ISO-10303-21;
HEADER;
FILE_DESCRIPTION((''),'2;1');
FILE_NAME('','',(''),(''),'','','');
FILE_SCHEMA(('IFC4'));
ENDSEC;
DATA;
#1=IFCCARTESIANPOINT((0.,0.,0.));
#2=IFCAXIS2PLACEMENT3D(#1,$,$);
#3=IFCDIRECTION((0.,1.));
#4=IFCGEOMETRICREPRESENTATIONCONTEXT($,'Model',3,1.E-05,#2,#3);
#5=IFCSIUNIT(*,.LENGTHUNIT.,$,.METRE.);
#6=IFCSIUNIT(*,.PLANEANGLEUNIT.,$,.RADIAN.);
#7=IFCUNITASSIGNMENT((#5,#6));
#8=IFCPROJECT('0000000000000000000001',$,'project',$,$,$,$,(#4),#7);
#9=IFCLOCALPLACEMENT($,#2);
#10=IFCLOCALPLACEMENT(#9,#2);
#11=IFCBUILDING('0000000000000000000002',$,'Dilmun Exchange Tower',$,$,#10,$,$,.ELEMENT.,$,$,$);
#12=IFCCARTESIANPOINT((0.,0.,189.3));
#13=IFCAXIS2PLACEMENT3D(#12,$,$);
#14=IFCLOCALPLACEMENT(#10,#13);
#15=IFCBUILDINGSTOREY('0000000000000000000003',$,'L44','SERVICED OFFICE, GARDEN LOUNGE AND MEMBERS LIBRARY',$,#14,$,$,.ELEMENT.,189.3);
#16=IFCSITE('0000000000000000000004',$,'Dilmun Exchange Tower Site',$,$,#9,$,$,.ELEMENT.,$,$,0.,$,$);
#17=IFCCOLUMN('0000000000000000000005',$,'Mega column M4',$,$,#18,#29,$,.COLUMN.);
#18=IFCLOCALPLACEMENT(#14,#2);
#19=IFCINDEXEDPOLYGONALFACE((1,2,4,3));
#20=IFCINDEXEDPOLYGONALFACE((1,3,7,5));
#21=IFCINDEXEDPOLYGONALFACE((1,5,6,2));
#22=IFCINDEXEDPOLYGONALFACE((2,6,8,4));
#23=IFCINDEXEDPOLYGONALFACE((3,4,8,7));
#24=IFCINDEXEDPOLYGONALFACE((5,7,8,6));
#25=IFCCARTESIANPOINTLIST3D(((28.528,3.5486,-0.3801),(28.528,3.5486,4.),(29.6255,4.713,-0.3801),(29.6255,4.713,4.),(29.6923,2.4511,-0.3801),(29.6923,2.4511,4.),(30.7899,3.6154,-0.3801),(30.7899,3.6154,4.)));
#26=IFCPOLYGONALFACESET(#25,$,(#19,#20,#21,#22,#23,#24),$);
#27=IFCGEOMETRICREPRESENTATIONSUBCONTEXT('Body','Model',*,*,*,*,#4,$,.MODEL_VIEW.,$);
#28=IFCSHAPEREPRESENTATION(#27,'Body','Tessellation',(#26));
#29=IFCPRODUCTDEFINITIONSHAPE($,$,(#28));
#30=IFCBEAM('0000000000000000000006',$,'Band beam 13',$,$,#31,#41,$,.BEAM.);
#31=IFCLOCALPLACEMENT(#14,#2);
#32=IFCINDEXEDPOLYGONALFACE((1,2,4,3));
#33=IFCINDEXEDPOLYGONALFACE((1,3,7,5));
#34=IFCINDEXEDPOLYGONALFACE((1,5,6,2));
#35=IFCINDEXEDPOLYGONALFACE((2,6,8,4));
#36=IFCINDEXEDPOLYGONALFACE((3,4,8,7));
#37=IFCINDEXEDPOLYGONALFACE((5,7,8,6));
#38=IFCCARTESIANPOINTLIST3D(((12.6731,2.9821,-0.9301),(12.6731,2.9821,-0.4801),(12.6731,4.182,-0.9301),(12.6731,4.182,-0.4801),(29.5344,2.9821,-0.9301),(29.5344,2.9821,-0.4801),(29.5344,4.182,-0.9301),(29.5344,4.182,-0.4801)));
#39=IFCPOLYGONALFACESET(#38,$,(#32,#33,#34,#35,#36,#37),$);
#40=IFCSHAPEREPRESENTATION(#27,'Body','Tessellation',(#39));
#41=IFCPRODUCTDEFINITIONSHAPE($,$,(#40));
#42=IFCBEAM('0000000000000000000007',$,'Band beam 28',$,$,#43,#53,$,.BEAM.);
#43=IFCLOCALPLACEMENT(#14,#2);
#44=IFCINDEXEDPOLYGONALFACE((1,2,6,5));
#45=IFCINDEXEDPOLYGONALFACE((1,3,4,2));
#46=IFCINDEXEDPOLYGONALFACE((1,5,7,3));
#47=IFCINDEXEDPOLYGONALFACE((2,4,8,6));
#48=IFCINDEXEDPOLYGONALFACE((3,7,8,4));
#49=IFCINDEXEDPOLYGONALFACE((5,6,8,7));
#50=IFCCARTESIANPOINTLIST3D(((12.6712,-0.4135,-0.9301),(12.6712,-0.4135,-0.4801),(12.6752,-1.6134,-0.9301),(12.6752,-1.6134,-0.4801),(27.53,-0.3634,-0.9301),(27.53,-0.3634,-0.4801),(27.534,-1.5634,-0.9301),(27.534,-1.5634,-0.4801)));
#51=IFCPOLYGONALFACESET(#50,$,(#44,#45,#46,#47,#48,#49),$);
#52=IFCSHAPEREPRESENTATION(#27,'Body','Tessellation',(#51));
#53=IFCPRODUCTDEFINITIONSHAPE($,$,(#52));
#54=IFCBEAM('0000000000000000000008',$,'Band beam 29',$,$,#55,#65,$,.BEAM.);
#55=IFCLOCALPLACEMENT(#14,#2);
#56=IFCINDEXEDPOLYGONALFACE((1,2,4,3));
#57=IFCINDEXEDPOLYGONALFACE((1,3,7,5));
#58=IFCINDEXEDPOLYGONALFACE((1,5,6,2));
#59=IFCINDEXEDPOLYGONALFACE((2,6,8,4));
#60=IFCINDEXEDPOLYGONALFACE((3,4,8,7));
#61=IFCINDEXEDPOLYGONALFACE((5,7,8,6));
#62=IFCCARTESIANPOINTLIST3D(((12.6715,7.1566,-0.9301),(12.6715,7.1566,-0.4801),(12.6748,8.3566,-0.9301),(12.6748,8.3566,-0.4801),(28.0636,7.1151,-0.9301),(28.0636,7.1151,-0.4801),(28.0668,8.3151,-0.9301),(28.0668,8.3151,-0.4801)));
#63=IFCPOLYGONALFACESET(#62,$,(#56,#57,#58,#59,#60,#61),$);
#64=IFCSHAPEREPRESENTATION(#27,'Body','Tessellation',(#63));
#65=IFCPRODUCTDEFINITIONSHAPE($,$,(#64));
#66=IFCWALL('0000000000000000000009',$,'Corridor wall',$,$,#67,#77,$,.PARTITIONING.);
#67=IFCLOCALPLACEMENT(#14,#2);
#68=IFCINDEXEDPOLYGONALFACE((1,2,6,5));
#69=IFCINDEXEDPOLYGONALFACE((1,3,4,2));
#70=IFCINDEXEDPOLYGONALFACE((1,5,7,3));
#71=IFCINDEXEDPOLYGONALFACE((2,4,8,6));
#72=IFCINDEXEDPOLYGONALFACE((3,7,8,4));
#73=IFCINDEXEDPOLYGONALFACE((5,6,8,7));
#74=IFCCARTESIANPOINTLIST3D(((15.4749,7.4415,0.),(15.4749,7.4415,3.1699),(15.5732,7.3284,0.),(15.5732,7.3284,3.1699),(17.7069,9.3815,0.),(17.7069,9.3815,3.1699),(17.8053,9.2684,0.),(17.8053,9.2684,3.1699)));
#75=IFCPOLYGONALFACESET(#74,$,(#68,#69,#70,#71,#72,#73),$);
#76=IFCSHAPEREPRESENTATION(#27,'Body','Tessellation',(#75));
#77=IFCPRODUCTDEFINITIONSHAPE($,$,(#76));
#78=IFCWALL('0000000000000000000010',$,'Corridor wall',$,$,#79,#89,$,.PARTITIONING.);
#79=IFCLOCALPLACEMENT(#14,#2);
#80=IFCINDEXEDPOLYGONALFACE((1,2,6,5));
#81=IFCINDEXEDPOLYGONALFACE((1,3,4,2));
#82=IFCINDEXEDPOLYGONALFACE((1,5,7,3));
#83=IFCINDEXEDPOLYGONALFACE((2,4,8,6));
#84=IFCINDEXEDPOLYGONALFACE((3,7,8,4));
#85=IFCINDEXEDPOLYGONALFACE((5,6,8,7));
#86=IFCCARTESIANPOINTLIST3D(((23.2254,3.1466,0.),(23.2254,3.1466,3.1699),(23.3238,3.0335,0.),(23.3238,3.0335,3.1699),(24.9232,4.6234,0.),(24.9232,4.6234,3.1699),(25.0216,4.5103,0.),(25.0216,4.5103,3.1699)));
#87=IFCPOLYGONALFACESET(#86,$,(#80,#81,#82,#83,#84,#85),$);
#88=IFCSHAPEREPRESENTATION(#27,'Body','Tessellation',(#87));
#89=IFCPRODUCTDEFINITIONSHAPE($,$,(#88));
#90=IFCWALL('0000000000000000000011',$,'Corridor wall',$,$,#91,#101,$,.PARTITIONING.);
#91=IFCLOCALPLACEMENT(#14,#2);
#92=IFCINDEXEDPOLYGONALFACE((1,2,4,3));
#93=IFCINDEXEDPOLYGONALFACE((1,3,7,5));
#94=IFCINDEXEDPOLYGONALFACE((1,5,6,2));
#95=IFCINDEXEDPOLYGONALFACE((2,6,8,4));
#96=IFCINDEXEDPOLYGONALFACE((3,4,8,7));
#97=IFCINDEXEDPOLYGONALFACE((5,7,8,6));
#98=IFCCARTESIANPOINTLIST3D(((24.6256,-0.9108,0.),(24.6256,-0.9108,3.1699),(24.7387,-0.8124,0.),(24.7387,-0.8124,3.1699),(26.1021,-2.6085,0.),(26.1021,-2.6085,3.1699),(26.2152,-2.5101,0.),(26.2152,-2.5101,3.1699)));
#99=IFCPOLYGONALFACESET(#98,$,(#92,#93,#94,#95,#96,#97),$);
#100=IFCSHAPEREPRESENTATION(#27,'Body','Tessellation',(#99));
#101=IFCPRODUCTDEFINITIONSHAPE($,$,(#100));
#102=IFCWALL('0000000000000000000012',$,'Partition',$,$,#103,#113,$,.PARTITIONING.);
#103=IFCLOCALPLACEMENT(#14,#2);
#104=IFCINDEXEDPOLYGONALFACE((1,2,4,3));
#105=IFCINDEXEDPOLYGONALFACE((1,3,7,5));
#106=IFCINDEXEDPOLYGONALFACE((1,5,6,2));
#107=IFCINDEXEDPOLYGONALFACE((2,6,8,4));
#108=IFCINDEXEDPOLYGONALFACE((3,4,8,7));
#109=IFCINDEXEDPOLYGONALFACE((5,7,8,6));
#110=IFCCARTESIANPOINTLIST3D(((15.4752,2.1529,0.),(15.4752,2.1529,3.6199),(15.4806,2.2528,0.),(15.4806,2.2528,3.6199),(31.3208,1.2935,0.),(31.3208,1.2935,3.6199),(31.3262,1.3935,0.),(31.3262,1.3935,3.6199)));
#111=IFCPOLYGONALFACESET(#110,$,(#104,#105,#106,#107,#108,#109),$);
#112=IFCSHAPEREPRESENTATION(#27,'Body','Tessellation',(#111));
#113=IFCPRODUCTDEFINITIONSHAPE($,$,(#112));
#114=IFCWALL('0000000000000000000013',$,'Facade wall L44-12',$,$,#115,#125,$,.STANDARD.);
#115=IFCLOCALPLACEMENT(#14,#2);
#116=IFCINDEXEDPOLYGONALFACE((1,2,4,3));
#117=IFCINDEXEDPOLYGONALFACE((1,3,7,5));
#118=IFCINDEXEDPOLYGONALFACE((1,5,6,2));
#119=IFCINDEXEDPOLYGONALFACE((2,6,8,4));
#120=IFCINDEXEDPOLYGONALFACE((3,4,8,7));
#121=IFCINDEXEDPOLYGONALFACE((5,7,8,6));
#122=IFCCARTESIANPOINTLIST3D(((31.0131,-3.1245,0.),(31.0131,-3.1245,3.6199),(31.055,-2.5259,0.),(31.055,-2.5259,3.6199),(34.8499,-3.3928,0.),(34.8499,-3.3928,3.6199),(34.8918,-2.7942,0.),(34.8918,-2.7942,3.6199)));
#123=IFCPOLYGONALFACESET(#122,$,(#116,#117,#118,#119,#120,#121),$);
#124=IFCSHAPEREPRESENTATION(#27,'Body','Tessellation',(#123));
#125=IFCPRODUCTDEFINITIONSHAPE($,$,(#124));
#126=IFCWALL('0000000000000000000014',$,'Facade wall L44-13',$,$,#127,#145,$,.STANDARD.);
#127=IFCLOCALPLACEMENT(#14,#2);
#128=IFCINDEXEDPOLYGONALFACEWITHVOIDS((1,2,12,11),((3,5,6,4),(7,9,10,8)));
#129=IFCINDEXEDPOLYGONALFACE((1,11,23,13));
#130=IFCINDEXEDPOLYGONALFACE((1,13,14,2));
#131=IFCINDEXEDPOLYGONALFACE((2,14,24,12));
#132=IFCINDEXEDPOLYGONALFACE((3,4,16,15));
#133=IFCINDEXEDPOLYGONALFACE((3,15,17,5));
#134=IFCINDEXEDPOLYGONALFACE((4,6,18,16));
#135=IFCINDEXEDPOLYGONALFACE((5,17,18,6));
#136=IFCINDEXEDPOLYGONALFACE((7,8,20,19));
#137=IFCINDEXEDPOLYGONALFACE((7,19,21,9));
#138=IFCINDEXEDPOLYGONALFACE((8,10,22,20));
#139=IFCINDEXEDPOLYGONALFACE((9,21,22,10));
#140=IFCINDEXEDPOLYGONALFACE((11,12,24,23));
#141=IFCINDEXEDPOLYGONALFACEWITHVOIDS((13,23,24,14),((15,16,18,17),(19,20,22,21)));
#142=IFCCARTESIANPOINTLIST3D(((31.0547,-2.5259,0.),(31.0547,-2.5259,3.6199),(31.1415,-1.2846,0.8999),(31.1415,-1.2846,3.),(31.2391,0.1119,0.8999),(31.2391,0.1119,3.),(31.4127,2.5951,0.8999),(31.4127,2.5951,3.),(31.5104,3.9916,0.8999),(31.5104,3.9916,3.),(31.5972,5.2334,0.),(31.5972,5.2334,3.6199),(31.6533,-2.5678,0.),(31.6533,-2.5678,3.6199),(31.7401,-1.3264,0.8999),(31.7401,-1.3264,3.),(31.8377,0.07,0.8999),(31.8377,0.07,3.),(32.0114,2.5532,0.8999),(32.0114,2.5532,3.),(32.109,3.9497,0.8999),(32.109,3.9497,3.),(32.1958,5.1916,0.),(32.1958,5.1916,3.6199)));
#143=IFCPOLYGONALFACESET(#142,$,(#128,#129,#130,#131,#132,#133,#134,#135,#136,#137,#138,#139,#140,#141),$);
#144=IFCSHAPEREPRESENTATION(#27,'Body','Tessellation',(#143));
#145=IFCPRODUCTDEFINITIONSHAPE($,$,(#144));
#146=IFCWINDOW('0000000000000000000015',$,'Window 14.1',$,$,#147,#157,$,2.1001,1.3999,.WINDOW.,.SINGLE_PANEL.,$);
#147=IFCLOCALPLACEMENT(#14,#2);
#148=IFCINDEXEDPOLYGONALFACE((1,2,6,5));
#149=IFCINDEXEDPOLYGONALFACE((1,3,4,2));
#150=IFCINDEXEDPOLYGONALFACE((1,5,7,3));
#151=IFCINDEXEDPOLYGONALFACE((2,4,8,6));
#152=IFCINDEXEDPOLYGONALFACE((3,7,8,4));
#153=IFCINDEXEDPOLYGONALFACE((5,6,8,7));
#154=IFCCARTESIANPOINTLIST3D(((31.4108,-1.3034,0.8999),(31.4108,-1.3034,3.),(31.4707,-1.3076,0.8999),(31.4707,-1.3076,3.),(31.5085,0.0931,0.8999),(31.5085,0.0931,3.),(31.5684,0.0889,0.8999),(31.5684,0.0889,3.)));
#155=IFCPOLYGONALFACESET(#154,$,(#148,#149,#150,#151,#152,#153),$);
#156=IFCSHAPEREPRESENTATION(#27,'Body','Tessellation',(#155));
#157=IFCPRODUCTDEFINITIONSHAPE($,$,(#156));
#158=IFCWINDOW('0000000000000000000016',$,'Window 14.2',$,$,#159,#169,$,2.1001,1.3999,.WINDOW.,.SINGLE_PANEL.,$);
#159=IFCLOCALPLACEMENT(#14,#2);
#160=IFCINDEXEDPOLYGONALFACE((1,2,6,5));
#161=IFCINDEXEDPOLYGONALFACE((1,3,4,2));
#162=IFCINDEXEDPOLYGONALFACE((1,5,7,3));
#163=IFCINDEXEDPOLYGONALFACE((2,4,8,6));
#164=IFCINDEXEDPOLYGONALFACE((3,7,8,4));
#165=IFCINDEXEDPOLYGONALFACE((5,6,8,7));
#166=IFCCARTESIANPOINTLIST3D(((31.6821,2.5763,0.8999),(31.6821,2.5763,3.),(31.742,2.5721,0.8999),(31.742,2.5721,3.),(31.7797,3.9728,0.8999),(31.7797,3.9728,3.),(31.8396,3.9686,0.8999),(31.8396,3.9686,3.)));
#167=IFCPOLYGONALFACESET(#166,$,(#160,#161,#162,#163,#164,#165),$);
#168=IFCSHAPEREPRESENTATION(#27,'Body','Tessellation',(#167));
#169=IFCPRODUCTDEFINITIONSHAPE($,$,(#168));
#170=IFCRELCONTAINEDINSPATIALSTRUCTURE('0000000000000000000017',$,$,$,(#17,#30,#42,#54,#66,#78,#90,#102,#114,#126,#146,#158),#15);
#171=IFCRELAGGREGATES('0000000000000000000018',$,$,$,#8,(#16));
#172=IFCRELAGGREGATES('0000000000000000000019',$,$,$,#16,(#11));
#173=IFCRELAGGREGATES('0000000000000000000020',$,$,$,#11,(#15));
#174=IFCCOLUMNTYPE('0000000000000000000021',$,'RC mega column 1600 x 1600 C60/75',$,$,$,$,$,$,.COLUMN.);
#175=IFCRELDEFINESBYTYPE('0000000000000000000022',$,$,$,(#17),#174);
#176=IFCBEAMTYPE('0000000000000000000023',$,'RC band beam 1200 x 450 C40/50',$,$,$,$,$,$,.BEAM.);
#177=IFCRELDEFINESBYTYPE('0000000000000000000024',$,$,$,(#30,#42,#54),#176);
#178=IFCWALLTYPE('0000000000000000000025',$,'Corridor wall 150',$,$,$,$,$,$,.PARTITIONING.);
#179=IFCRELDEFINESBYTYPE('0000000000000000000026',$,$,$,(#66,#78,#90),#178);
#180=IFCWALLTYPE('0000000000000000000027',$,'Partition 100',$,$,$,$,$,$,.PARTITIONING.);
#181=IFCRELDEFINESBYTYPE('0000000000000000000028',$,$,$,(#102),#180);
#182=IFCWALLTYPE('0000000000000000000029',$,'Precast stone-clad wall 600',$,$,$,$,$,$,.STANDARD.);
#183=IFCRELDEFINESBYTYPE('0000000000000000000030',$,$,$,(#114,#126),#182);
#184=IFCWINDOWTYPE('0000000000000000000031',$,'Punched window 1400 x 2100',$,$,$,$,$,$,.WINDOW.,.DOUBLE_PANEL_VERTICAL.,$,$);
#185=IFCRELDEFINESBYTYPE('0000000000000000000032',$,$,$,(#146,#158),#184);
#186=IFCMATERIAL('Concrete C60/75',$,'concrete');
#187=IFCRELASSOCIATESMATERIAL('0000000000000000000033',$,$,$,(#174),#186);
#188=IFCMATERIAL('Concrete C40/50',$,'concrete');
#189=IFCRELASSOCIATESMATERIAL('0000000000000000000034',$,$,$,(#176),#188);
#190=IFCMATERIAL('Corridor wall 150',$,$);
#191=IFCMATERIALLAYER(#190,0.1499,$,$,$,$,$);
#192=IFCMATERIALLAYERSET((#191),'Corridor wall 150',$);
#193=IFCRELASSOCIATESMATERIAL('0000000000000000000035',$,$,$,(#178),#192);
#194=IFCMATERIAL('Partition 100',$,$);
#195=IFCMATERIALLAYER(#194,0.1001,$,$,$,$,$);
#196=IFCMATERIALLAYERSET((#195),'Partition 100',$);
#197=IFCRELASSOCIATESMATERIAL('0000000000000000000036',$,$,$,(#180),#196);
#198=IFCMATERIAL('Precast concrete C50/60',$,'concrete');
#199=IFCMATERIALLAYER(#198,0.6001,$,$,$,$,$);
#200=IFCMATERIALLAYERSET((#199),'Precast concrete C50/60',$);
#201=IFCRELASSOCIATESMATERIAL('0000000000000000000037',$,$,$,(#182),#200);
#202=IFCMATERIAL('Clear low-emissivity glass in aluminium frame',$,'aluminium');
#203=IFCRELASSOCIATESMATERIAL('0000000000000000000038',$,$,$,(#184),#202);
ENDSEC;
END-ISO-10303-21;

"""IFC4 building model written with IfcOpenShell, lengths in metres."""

from ifc_helpers import new_model, si_unit, direction, frame, frame_2d, origin, origin_2d, place, context, subcontext, project, spatial, rectangle, extrude, material, layer, layer_set, material_profile, profile_set, type_object, element, fill, save


model = new_model("IFC4")

# Units and contexts
model_context = context("Model", 3, precision=1e-05, world=origin(), true_north=direction((0.0, 1.0)))
body_context = subcontext(model_context, "Body", "Model", "MODEL_VIEW")
ifc_project = project(units=[si_unit("LENGTHUNIT", "METRE"), si_unit("PLANEANGLEUNIT", "RADIAN")], contexts=[model_context])

# Site, building, storey
site_placement = place(None, origin())
site = spatial("IfcSite", under=ifc_project, at=site_placement, Name="Dilmun Exchange Tower Site", CompositionType="ELEMENT", RefElevation=0.0)
building_placement = place(site_placement, origin())
building = spatial("IfcBuilding", under=site, at=building_placement, Name="Dilmun Exchange Tower", CompositionType="ELEMENT")
storey_placement = place(building_placement, frame((0.0, 0.0, 189.3)))
storey = spatial("IfcBuildingStorey", under=building, at=storey_placement, Name="L44", Description="SERVICED OFFICE, GARDEN LOUNGE AND MEMBERS LIBRARY", CompositionType="ELEMENT", Elevation=189.3)

# Column
ifc_material_1 = material(Name="Concrete C60/75", Category="concrete")
ifc_material_profile_1 = material_profile(ifc_material_1, rectangle(XDim=1.6001, YDim=1.6001, at=origin_2d()), Name="1600 x 1600")
ifc_profile_set_1 = profile_set([ifc_material_profile_1], Name="Concrete C60/75")
column_type = type_object("IfcColumnType", Name="RC mega column 1600 x 1600 C60/75", PredefinedType="COLUMN", material=ifc_profile_set_1)
column_placement = place(storey_placement, frame((29.6589, 3.582, -0.3801), z_axis=(0.0, 0.0, 1.0), x_axis=(0.685916, 0.727681, 0.0)))
element("IfcColumn", 1, at=column_placement, inside=storey, type_object=column_type, Name="Mega column M4", PredefinedType="COLUMN", context=body_context, shape_type="SweptSolid", body=[
    extrude(rectangle(XDim=1.6001, YDim=1.6001, at=origin_2d()), origin(), (0.0, 0.0, 1.0), 4.3801),
])

# Beams
ifc_material_2 = material(Name="Concrete C40/50", Category="concrete")
ifc_material_profile_2 = material_profile(ifc_material_2, rectangle(XDim=1.2, YDim=0.45, at=origin_2d()), Name="1200 x 450")
ifc_profile_set_2 = profile_set([ifc_material_profile_2], Name="Concrete C40/50")
beam_type = type_object("IfcBeamType", Name="RC band beam 1200 x 450 C40/50", PredefinedType="BEAM", material=ifc_profile_set_2)
beam_1_placement = place(storey_placement, frame((29.5344, 3.582, -0.7051), z_axis=(-1.0, 0.0, 0.0), x_axis=(0.0, -1.0, 0.0)))
element("IfcBeam", 2, at=beam_1_placement, inside=storey, type_object=beam_type, Name="Band beam 13", PredefinedType="BEAM", context=body_context, shape_type="SweptSolid", body=[
    extrude(rectangle(XDim=1.2, YDim=0.45, at=origin_2d()), origin(), (0.0, 0.0, 1.0), 16.8613),
])
beam_2_placement = place(storey_placement, frame((27.532, -0.9634, -0.7051), z_axis=(-0.999994, -0.003368, 0.0), x_axis=(0.003368, -0.999994, 0.0)))
element("IfcBeam", 3, at=beam_2_placement, inside=storey, type_object=beam_type, Name="Band beam 28", PredefinedType="BEAM", context=body_context, shape_type="SweptSolid", body=[
    extrude(rectangle(XDim=1.2, YDim=0.45, at=origin_2d()), origin(), (0.0, 0.0, 1.0), 14.8589),
])
beam_3_placement = place(storey_placement, frame((28.0652, 7.7151, -0.7051), z_axis=(-0.999996, 0.002696, 0.0), x_axis=(-0.002696, -0.999996, 0.0)))
element("IfcBeam", 4, at=beam_3_placement, inside=storey, type_object=beam_type, Name="Band beam 29", PredefinedType="BEAM", context=body_context, shape_type="SweptSolid", body=[
    extrude(rectangle(XDim=1.2, YDim=0.45, at=origin_2d()), origin(), (0.0, 0.0, 1.0), 15.3921),
])

# Walls
ifc_material_3 = material(Name="Corridor wall 150")
ifc_layer_1 = layer(ifc_material_3, 0.1499)
ifc_layer_set_1 = layer_set([ifc_layer_1], Name="Corridor wall 150")
wall_type_1 = type_object("IfcWallType", Name="Corridor wall 150", PredefinedType="PARTITIONING", material=ifc_layer_set_1)
wall_1_placement = place(storey_placement, frame((15.5242, 7.385, 0.0), z_axis=(0.0, 0.0, 1.0), x_axis=(0.754751, 0.656011, 0.0)))
element("IfcWall", 5, at=wall_1_placement, inside=storey, type_object=wall_type_1, Name="Corridor wall", PredefinedType="PARTITIONING", context=body_context, shape_type="SweptSolid", body=[
    extrude(rectangle(XDim=2.9573, YDim=0.1499, at=frame_2d((1.4785, 0.0))), origin(), (0.0, 0.0, 1.0), 3.1699),
])
wall_2_placement = place(storey_placement, frame((23.2747, 3.0901, 0.0), z_axis=(0.0, 0.0, 1.0), x_axis=(0.754496, 0.656305, 0.0)))
element("IfcWall", 6, at=wall_2_placement, inside=storey, type_object=wall_type_1, Name="Corridor wall", PredefinedType="PARTITIONING", context=body_context, shape_type="SweptSolid", body=[
    extrude(rectangle(XDim=2.2502, YDim=0.1499, at=frame_2d((1.125, 0.0))), origin(), (0.0, 0.0, 1.0), 3.1699),
])
wall_3_placement = place(storey_placement, frame((24.6821, -0.8616, 0.0), z_axis=(0.0, 0.0, 1.0), x_axis=(0.656243, -0.754549, 0.0)))
element("IfcWall", 7, at=wall_3_placement, inside=storey, type_object=wall_type_1, Name="Corridor wall", PredefinedType="PARTITIONING", context=body_context, shape_type="SweptSolid", body=[
    extrude(rectangle(XDim=2.25, YDim=0.1499, at=frame_2d((1.125, 0.0))), origin(), (0.0, 0.0, 1.0), 3.1699),
])
ifc_material_4 = material(Name="Partition 100")
ifc_layer_2 = layer(ifc_material_4, 0.1001)
ifc_layer_set_2 = layer_set([ifc_layer_2], Name="Partition 100")
wall_type_2 = type_object("IfcWallType", Name="Partition 100", PredefinedType="PARTITIONING", material=ifc_layer_set_2)
wall_4_placement = place(storey_placement, frame((15.4778, 2.2029, 0.0), z_axis=(0.0, 0.0, 1.0), x_axis=(0.998533, -0.054154, 0.0)))
element("IfcWall", 8, at=wall_4_placement, inside=storey, type_object=wall_type_2, Name="Partition", PredefinedType="PARTITIONING", context=body_context, shape_type="SweptSolid", body=[
    extrude(rectangle(XDim=15.8689, YDim=0.1001, at=frame_2d((7.9346, 0.0))), origin(), (0.0, 0.0, 1.0), 3.6199),
])
ifc_material_5 = material(Name="Precast concrete C50/60", Category="concrete")
ifc_layer_3 = layer(ifc_material_5, 0.6001)
ifc_layer_set_3 = layer_set([ifc_layer_3], Name="Precast concrete C50/60")
wall_type_3 = type_object("IfcWallType", Name="Precast stone-clad wall 600", PredefinedType="STANDARD", material=ifc_layer_set_3)
wall_5_placement = place(storey_placement, frame((34.8708, -3.0935, 0.0), z_axis=(0.0, 0.0, 1.0), x_axis=(-0.997564, 0.069758, 0.0)))
element("IfcWall", 9, at=wall_5_placement, inside=storey, type_object=wall_type_3, Name="Facade wall L44-12", PredefinedType="STANDARD", context=body_context, shape_type="SweptSolid", body=[
    extrude(rectangle(XDim=3.8462, YDim=0.6001, at=frame_2d((1.9231, 0.0))), origin(), (0.0, 0.0, 1.0), 3.6199),
])

# Wall, openings, windows
wall_6_placement = place(storey_placement, frame((31.354, -2.5469, 0.0), z_axis=(0.0, 0.0, 1.0), x_axis=(0.069744, 0.997565, 0.0)))
wall_6 = element("IfcWall", 10, at=wall_6_placement, inside=storey, type_object=wall_type_3, Name="Facade wall L44-13", PredefinedType="STANDARD", context=body_context, shape_type="SweptSolid", body=[
    extrude(rectangle(XDim=7.7783, YDim=0.6001, at=frame_2d((3.8892, 0.0))), origin(), (0.0, 0.0, 1.0), 3.6199),
])
opening_1_placement = place(wall_6_placement, frame((1.2444, 0.0, 0.8999)))
opening_1 = element("IfcOpeningElement", 11, at=opening_1_placement, cuts=wall_6, PredefinedType="OPENING", context=body_context, shape_type="SweptSolid", body=[
    extrude(rectangle(XDim=1.3999, YDim=2.1001, at=frame_2d((0.7, 1.05))), frame((0.0, 0.3101, 0.0), z_axis=(0.0, -1.0, 0.0), x_axis=(1.0, 0.0, 0.0)), (0.0, 0.0, 1.0), 0.6201),
])
opening_2_placement = place(wall_6_placement, frame((5.1335, 0.0, 0.8999)))
opening_2 = element("IfcOpeningElement", 12, at=opening_2_placement, cuts=wall_6, PredefinedType="OPENING", context=body_context, shape_type="SweptSolid", body=[
    extrude(rectangle(XDim=1.3999, YDim=2.1001, at=frame_2d((0.7, 1.05))), frame((0.0, 0.3101, 0.0), z_axis=(0.0, -1.0, 0.0), x_axis=(1.0, 0.0, 0.0)), (0.0, 0.0, 1.0), 0.6201),
])
ifc_material_6 = material(Name="Clear low-emissivity glass in aluminium frame", Category="aluminium")
window_type_1 = type_object("IfcWindowType", Name="Punched window 1400 x 2100", PartitioningType="DOUBLE_PANEL_VERTICAL", PredefinedType="WINDOW", material=ifc_material_6)
window_1_placement = place(opening_1_placement, origin())
window_1 = element("IfcWindow", 13, at=window_1_placement, inside=storey, type_object=window_type_1, Name="Window 14.1", OverallHeight=2.1001, OverallWidth=1.3999, PartitioningType="SINGLE_PANEL", PredefinedType="WINDOW", context=body_context, shape_type="SweptSolid", body=[
    extrude(rectangle(XDim=1.3999, YDim=2.1001, at=frame_2d((0.7, 1.05))), frame((0.0, 0.03, 0.0), z_axis=(0.0, -1.0, 0.0), x_axis=(1.0, 0.0, 0.0)), (0.0, 0.0, 1.0), 0.0601),
])
fill(opening_1, window_1)
window_2_placement = place(opening_2_placement, origin())
window_2 = element("IfcWindow", 14, at=window_2_placement, inside=storey, type_object=window_type_1, Name="Window 14.2", OverallHeight=2.1001, OverallWidth=1.3999, PartitioningType="SINGLE_PANEL", PredefinedType="WINDOW", context=body_context, shape_type="SweptSolid", body=[
    extrude(rectangle(XDim=1.3999, YDim=2.1001, at=frame_2d((0.7, 1.05))), frame((0.0, 0.03, 0.0), z_axis=(0.0, -1.0, 0.0), x_axis=(1.0, 0.0, 0.0)), (0.0, 0.0, 1.0), 0.0601),
])
fill(opening_2, window_2)

save(model, "model.ifc")
